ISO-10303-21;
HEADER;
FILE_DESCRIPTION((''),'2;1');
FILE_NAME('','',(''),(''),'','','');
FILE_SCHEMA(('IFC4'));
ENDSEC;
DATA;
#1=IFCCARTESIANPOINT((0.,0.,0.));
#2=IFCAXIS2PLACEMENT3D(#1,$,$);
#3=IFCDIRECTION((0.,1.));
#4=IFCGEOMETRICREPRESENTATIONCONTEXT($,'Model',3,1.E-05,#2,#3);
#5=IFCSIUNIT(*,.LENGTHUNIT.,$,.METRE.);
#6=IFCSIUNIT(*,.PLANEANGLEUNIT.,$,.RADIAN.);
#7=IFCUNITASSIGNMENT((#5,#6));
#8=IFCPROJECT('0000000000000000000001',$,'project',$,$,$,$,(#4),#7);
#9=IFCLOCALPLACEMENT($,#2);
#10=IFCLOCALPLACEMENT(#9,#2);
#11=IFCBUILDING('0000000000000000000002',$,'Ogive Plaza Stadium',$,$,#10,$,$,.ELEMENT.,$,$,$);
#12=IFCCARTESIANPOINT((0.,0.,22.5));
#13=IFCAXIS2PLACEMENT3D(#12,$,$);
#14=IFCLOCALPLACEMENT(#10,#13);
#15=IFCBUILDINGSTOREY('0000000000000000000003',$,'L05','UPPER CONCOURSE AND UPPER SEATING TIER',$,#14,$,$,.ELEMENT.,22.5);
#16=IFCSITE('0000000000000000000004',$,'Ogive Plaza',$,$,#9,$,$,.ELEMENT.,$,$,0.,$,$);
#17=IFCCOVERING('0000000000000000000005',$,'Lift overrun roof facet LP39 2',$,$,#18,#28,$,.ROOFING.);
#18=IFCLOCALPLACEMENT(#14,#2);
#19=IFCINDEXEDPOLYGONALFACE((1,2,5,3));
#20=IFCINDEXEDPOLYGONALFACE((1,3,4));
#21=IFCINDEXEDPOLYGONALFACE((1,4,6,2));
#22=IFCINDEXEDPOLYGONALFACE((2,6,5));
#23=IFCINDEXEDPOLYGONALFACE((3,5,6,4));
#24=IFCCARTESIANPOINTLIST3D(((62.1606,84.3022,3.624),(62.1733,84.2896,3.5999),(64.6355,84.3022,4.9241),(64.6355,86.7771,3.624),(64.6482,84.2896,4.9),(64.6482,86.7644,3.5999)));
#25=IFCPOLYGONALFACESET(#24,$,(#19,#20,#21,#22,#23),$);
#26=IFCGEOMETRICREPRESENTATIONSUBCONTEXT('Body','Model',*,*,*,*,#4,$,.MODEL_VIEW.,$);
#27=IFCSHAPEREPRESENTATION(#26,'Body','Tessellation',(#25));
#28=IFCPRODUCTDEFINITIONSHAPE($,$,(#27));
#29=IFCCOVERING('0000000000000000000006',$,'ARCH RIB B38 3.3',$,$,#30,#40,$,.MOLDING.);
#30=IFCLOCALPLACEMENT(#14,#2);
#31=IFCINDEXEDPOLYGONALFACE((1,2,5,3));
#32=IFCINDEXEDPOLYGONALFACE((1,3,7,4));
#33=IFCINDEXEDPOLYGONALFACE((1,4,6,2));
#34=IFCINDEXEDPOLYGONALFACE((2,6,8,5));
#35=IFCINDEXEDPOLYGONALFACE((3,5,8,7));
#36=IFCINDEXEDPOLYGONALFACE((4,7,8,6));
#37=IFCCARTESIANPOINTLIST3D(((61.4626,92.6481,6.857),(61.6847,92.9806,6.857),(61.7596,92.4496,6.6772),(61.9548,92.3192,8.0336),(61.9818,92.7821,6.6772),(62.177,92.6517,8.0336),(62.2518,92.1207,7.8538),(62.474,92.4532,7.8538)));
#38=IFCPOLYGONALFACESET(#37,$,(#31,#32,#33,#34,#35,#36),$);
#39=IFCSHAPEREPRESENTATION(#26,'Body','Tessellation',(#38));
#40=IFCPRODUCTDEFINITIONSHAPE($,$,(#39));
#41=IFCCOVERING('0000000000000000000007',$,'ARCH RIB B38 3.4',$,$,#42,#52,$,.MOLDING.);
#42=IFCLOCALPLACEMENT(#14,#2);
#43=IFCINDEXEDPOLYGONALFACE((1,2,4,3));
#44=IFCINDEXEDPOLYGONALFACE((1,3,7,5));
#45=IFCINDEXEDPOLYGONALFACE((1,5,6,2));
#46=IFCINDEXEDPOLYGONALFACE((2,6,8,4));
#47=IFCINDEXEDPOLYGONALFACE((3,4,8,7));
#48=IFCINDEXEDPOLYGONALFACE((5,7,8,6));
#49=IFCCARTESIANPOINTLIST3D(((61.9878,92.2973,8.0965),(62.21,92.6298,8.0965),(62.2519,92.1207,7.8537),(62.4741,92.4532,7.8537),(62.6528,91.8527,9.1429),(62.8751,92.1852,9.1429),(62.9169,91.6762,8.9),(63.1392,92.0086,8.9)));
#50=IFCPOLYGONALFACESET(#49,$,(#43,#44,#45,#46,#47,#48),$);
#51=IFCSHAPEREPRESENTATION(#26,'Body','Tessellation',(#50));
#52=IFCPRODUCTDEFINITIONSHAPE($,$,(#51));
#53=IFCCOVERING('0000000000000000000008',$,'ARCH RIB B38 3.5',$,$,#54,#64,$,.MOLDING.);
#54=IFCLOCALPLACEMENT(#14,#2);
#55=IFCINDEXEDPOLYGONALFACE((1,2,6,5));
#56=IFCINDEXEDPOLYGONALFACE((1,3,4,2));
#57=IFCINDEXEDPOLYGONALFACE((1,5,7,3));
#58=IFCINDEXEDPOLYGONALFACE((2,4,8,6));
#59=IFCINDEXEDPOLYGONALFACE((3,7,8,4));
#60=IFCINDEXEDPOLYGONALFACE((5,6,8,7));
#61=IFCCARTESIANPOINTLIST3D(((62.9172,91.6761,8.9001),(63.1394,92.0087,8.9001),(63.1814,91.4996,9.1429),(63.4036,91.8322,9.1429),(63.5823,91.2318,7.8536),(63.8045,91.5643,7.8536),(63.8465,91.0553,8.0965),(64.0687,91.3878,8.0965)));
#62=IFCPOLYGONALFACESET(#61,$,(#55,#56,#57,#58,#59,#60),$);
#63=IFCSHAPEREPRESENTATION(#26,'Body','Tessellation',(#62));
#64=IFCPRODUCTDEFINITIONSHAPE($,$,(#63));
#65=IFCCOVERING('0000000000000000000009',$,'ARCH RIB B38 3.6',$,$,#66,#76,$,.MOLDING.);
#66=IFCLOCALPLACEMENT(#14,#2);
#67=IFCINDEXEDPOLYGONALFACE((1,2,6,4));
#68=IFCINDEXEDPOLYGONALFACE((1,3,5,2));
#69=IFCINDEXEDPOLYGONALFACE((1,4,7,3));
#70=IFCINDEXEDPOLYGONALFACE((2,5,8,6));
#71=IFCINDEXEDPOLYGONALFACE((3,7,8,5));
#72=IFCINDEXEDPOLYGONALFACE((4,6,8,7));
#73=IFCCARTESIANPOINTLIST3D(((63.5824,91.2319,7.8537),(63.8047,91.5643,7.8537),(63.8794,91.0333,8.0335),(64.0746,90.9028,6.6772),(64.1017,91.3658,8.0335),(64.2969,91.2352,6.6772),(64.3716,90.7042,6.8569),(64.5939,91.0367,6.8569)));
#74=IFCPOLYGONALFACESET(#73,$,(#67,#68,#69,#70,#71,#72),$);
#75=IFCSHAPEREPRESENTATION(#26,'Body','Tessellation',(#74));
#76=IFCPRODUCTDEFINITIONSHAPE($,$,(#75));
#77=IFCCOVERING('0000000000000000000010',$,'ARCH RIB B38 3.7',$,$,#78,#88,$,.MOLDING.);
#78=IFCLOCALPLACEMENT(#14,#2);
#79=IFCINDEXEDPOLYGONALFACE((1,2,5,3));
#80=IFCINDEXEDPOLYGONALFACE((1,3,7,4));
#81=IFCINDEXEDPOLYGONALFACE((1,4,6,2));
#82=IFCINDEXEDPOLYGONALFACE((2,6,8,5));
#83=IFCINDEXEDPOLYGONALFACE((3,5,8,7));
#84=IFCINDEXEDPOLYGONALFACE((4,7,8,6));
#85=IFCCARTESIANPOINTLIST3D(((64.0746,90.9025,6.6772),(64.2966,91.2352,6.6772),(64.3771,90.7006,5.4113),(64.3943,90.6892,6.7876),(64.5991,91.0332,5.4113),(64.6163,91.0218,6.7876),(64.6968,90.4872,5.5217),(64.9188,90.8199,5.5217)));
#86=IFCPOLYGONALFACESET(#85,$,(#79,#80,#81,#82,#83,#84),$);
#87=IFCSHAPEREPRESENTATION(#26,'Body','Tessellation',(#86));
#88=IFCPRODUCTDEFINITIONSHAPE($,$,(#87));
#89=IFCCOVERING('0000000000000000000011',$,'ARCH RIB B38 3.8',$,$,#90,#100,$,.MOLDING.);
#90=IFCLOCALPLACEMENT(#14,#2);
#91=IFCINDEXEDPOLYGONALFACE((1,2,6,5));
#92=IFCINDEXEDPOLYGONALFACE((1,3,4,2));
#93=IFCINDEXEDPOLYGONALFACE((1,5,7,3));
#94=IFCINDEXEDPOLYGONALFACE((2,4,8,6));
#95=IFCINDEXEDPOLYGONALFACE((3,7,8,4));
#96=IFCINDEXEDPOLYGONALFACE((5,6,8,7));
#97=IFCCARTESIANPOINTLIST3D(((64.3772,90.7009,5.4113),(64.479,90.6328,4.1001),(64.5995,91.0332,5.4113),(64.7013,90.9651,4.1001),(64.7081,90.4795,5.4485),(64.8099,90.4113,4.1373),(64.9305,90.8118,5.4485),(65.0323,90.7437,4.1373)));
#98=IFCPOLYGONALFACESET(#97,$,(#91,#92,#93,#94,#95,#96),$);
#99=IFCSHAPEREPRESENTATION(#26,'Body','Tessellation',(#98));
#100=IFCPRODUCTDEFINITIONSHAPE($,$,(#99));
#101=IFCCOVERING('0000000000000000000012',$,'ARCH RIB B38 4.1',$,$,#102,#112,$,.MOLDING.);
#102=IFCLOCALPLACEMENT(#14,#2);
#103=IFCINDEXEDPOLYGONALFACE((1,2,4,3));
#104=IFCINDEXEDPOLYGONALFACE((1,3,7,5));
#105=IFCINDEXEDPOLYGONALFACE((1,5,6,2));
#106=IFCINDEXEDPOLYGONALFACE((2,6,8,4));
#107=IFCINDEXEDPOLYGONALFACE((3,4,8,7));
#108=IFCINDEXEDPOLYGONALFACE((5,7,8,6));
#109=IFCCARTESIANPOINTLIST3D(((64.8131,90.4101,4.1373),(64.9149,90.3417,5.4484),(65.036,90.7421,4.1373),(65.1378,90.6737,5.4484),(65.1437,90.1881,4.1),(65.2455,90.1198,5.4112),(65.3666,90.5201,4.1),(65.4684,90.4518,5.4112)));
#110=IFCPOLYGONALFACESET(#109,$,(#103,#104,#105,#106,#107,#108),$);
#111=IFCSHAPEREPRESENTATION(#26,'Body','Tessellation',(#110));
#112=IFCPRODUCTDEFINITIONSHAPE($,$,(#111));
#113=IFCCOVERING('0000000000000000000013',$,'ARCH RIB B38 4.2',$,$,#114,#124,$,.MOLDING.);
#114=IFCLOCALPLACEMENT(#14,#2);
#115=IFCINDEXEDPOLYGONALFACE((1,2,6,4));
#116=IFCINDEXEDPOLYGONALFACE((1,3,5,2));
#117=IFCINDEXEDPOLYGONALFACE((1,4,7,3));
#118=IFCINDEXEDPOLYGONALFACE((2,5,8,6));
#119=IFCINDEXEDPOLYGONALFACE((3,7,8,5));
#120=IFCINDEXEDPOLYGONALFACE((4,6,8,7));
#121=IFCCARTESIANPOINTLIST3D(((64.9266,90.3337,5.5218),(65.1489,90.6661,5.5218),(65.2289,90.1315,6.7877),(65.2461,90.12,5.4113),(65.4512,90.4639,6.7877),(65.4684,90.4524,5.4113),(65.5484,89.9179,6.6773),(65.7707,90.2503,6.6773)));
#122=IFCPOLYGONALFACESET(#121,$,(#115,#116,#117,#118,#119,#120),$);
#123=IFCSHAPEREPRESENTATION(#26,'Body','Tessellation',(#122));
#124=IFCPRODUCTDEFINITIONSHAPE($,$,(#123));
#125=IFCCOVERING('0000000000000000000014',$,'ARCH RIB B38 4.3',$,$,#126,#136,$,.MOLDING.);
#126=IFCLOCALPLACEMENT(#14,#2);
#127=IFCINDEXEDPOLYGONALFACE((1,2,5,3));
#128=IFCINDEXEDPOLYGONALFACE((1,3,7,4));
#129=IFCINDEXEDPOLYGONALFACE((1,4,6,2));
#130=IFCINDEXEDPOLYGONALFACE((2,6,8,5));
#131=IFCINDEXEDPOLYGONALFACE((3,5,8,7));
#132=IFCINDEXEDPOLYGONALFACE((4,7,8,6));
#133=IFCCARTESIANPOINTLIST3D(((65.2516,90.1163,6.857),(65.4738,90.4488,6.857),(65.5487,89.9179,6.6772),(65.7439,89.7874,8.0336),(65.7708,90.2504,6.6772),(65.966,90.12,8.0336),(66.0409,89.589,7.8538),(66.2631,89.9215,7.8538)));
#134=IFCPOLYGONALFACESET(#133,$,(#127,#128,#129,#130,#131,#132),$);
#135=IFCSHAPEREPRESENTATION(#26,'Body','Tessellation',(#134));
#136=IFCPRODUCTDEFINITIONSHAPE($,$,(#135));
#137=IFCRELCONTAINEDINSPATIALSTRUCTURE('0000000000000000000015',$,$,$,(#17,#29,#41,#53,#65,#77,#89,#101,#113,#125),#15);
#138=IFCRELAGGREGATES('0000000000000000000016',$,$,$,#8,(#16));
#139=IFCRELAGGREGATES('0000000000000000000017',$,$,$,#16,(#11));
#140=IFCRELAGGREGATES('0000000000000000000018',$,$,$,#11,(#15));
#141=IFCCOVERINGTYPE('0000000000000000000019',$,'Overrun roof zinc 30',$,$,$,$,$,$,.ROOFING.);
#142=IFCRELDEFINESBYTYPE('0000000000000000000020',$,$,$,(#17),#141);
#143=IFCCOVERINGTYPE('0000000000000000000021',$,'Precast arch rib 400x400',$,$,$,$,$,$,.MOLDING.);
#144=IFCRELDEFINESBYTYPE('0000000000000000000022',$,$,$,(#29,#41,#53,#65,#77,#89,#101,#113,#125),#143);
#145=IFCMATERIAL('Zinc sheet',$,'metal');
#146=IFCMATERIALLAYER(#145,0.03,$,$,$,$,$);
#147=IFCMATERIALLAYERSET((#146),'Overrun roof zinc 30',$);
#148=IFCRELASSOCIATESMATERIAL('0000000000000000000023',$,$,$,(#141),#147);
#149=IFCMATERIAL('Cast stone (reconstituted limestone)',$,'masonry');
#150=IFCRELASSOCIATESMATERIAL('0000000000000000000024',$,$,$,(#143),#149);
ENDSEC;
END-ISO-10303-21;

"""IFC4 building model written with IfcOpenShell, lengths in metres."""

from ifc_helpers import new_model, si_unit, direction, frame, origin, origin_2d, place, context, subcontext, project, spatial, polyline, rectangle, outline, extrude, material, layer, layer_set, material_profile, profile_set, type_object, element, save


model = new_model("IFC4")

# Units and contexts
model_context = context("Model", 3, precision=1e-05, world=origin(), true_north=direction((0.0, 1.0)))
body_context = subcontext(model_context, "Body", "Model", "MODEL_VIEW")
ifc_project = project(units=[si_unit("LENGTHUNIT", "METRE"), si_unit("PLANEANGLEUNIT", "RADIAN")], contexts=[model_context])

# Site, building, storey
site_placement = place(None, origin())
site = spatial("IfcSite", under=ifc_project, at=site_placement, Name="Ogive Plaza", CompositionType="ELEMENT", RefElevation=0.0)
building_placement = place(site_placement, origin())
building = spatial("IfcBuilding", under=site, at=building_placement, Name="Ogive Plaza Stadium", CompositionType="ELEMENT")
storey_placement = place(building_placement, frame((0.0, 0.0, 22.5)))
storey = spatial("IfcBuildingStorey", under=building, at=storey_placement, Name="L05", Description="UPPER CONCOURSE AND UPPER SEATING TIER", CompositionType="ELEMENT", Elevation=22.5)

# Coverings
ifc_material_1 = material(Name="Zinc sheet", Category="metal")
ifc_layer_1 = layer(ifc_material_1, 0.03)
ifc_layer_set_1 = layer_set([ifc_layer_1], Name="Overrun roof zinc 30")
covering_type_1 = type_object("IfcCoveringType", Name="Overrun roof zinc 30", PredefinedType="ROOFING", material=ifc_layer_set_1)
covering_placement = place(storey_placement, frame((64.6355, 86.7771, 3.624), z_axis=(-0.421677, 0.421677, 0.802731), x_axis=(-0.707107, -0.707107, 0.0)))
element("IfcCovering", 1, at=covering_placement, inside=storey, type_object=covering_type_1, Name="Lift overrun roof facet LP39 2", PredefinedType="ROOFING", context=body_context, shape_type="SweptSolid", body=[
    extrude(outline(polyline([(0.0, 0.0), (3.5, 0.0), (1.75, 2.18), (0.0, 0.0)])), origin(), (0.0, 0.0, -1.0), 0.03),
])
ifc_material_2 = material(Name="Cast stone (reconstituted limestone)", Category="masonry")
ifc_material_profile_1 = material_profile(ifc_material_2, rectangle(XDim=0.3999, YDim=0.3999, at=origin_2d()), Name="Cast stone 400x400")
ifc_profile_set_1 = profile_set([ifc_material_profile_1], Name="Cast stone (reconstituted limestone)")
covering_type_2 = type_object("IfcCoveringType", Name="Precast arch rib 400x400", PredefinedType="MOLDING", material=ifc_profile_set_1)
for number, where, z_axis, x_axis, name in (
    (2, (61.7222, 92.7151, 6.7671), (0.373709, -0.249695, 0.893305), (0.555557, 0.831479, 0.0), "ARCH RIB B38 3.3"),
    (3, (62.231, 92.3752, 7.9751), (0.504912, -0.337535, 0.794439), (0.555756, 0.831345, 0.0), "ARCH RIB B38 3.4"),
    (4, (63.1604, 91.7542, 9.0215), (0.504944, -0.337371, -0.794489), (0.555545, 0.831486, 0.0), "ARCH RIB B38 3.5"),
    (5, (63.842, 91.2988, 7.9436), (0.373692, -0.249869, -0.893264), (0.555842, 0.831288, 0.0), "ARCH RIB B38 3.6"),
    (6, (64.3455, 90.9622, 6.7324), (0.229668, -0.153297, -0.96112), (0.555165, 0.83174, 0.0), "ARCH RIB B38 3.7"),
):
    element("IfcCovering", number, at=place(storey_placement, frame(where, z_axis=z_axis, x_axis=x_axis)), inside=storey, type_object=covering_type_2, Name=name, PredefinedType="MOLDING", context=body_context, shape_type="SweptSolid", body=[
        extrude(rectangle(XDim=0.3999, YDim=0.3999, at=origin_2d()), origin(), (0.0, 0.0, 1.0), 1.3171),
    ])
for number, where, z_axis, x_axis, name in (
    (7, (64.6538, 90.7563, 5.4299), (0.077303, -0.05172, -0.995665), (0.556079, 0.831129, 0.0), "ARCH RIB B38 3.8"),
    (8, (65.0898, 90.4651, 4.1187), (0.077302, -0.051905, 0.995656), (0.557454, 0.830208, 0.0), "ARCH RIB B38 4.1"),
):
    element("IfcCovering", number, at=place(storey_placement, frame(where, z_axis=z_axis, x_axis=x_axis)), inside=storey, type_object=covering_type_2, Name=name, PredefinedType="MOLDING", context=body_context, shape_type="SweptSolid", body=[
        extrude(rectangle(XDim=0.3999, YDim=0.3999, at=origin_2d()), origin(), (0.0, 0.0, 1.0), 1.3169),
    ])
for number, where, z_axis, x_axis, name in (
    (9, (65.1975, 90.3931, 5.4666), (0.229486, -0.153485, 0.961134), (0.555939, 0.831223, 0.0), "ARCH RIB B38 4.2"),
    (10, (65.5112, 90.1833, 6.7671), (0.373709, -0.249695, 0.893305), (0.555557, 0.831479, 0.0), "ARCH RIB B38 4.3"),
):
    element("IfcCovering", number, at=place(storey_placement, frame(where, z_axis=z_axis, x_axis=x_axis)), inside=storey, type_object=covering_type_2, Name=name, PredefinedType="MOLDING", context=body_context, shape_type="SweptSolid", body=[
        extrude(rectangle(XDim=0.3999, YDim=0.3999, at=origin_2d()), origin(), (0.0, 0.0, 1.0), 1.3171),
    ])

save(model, "model.ifc")
